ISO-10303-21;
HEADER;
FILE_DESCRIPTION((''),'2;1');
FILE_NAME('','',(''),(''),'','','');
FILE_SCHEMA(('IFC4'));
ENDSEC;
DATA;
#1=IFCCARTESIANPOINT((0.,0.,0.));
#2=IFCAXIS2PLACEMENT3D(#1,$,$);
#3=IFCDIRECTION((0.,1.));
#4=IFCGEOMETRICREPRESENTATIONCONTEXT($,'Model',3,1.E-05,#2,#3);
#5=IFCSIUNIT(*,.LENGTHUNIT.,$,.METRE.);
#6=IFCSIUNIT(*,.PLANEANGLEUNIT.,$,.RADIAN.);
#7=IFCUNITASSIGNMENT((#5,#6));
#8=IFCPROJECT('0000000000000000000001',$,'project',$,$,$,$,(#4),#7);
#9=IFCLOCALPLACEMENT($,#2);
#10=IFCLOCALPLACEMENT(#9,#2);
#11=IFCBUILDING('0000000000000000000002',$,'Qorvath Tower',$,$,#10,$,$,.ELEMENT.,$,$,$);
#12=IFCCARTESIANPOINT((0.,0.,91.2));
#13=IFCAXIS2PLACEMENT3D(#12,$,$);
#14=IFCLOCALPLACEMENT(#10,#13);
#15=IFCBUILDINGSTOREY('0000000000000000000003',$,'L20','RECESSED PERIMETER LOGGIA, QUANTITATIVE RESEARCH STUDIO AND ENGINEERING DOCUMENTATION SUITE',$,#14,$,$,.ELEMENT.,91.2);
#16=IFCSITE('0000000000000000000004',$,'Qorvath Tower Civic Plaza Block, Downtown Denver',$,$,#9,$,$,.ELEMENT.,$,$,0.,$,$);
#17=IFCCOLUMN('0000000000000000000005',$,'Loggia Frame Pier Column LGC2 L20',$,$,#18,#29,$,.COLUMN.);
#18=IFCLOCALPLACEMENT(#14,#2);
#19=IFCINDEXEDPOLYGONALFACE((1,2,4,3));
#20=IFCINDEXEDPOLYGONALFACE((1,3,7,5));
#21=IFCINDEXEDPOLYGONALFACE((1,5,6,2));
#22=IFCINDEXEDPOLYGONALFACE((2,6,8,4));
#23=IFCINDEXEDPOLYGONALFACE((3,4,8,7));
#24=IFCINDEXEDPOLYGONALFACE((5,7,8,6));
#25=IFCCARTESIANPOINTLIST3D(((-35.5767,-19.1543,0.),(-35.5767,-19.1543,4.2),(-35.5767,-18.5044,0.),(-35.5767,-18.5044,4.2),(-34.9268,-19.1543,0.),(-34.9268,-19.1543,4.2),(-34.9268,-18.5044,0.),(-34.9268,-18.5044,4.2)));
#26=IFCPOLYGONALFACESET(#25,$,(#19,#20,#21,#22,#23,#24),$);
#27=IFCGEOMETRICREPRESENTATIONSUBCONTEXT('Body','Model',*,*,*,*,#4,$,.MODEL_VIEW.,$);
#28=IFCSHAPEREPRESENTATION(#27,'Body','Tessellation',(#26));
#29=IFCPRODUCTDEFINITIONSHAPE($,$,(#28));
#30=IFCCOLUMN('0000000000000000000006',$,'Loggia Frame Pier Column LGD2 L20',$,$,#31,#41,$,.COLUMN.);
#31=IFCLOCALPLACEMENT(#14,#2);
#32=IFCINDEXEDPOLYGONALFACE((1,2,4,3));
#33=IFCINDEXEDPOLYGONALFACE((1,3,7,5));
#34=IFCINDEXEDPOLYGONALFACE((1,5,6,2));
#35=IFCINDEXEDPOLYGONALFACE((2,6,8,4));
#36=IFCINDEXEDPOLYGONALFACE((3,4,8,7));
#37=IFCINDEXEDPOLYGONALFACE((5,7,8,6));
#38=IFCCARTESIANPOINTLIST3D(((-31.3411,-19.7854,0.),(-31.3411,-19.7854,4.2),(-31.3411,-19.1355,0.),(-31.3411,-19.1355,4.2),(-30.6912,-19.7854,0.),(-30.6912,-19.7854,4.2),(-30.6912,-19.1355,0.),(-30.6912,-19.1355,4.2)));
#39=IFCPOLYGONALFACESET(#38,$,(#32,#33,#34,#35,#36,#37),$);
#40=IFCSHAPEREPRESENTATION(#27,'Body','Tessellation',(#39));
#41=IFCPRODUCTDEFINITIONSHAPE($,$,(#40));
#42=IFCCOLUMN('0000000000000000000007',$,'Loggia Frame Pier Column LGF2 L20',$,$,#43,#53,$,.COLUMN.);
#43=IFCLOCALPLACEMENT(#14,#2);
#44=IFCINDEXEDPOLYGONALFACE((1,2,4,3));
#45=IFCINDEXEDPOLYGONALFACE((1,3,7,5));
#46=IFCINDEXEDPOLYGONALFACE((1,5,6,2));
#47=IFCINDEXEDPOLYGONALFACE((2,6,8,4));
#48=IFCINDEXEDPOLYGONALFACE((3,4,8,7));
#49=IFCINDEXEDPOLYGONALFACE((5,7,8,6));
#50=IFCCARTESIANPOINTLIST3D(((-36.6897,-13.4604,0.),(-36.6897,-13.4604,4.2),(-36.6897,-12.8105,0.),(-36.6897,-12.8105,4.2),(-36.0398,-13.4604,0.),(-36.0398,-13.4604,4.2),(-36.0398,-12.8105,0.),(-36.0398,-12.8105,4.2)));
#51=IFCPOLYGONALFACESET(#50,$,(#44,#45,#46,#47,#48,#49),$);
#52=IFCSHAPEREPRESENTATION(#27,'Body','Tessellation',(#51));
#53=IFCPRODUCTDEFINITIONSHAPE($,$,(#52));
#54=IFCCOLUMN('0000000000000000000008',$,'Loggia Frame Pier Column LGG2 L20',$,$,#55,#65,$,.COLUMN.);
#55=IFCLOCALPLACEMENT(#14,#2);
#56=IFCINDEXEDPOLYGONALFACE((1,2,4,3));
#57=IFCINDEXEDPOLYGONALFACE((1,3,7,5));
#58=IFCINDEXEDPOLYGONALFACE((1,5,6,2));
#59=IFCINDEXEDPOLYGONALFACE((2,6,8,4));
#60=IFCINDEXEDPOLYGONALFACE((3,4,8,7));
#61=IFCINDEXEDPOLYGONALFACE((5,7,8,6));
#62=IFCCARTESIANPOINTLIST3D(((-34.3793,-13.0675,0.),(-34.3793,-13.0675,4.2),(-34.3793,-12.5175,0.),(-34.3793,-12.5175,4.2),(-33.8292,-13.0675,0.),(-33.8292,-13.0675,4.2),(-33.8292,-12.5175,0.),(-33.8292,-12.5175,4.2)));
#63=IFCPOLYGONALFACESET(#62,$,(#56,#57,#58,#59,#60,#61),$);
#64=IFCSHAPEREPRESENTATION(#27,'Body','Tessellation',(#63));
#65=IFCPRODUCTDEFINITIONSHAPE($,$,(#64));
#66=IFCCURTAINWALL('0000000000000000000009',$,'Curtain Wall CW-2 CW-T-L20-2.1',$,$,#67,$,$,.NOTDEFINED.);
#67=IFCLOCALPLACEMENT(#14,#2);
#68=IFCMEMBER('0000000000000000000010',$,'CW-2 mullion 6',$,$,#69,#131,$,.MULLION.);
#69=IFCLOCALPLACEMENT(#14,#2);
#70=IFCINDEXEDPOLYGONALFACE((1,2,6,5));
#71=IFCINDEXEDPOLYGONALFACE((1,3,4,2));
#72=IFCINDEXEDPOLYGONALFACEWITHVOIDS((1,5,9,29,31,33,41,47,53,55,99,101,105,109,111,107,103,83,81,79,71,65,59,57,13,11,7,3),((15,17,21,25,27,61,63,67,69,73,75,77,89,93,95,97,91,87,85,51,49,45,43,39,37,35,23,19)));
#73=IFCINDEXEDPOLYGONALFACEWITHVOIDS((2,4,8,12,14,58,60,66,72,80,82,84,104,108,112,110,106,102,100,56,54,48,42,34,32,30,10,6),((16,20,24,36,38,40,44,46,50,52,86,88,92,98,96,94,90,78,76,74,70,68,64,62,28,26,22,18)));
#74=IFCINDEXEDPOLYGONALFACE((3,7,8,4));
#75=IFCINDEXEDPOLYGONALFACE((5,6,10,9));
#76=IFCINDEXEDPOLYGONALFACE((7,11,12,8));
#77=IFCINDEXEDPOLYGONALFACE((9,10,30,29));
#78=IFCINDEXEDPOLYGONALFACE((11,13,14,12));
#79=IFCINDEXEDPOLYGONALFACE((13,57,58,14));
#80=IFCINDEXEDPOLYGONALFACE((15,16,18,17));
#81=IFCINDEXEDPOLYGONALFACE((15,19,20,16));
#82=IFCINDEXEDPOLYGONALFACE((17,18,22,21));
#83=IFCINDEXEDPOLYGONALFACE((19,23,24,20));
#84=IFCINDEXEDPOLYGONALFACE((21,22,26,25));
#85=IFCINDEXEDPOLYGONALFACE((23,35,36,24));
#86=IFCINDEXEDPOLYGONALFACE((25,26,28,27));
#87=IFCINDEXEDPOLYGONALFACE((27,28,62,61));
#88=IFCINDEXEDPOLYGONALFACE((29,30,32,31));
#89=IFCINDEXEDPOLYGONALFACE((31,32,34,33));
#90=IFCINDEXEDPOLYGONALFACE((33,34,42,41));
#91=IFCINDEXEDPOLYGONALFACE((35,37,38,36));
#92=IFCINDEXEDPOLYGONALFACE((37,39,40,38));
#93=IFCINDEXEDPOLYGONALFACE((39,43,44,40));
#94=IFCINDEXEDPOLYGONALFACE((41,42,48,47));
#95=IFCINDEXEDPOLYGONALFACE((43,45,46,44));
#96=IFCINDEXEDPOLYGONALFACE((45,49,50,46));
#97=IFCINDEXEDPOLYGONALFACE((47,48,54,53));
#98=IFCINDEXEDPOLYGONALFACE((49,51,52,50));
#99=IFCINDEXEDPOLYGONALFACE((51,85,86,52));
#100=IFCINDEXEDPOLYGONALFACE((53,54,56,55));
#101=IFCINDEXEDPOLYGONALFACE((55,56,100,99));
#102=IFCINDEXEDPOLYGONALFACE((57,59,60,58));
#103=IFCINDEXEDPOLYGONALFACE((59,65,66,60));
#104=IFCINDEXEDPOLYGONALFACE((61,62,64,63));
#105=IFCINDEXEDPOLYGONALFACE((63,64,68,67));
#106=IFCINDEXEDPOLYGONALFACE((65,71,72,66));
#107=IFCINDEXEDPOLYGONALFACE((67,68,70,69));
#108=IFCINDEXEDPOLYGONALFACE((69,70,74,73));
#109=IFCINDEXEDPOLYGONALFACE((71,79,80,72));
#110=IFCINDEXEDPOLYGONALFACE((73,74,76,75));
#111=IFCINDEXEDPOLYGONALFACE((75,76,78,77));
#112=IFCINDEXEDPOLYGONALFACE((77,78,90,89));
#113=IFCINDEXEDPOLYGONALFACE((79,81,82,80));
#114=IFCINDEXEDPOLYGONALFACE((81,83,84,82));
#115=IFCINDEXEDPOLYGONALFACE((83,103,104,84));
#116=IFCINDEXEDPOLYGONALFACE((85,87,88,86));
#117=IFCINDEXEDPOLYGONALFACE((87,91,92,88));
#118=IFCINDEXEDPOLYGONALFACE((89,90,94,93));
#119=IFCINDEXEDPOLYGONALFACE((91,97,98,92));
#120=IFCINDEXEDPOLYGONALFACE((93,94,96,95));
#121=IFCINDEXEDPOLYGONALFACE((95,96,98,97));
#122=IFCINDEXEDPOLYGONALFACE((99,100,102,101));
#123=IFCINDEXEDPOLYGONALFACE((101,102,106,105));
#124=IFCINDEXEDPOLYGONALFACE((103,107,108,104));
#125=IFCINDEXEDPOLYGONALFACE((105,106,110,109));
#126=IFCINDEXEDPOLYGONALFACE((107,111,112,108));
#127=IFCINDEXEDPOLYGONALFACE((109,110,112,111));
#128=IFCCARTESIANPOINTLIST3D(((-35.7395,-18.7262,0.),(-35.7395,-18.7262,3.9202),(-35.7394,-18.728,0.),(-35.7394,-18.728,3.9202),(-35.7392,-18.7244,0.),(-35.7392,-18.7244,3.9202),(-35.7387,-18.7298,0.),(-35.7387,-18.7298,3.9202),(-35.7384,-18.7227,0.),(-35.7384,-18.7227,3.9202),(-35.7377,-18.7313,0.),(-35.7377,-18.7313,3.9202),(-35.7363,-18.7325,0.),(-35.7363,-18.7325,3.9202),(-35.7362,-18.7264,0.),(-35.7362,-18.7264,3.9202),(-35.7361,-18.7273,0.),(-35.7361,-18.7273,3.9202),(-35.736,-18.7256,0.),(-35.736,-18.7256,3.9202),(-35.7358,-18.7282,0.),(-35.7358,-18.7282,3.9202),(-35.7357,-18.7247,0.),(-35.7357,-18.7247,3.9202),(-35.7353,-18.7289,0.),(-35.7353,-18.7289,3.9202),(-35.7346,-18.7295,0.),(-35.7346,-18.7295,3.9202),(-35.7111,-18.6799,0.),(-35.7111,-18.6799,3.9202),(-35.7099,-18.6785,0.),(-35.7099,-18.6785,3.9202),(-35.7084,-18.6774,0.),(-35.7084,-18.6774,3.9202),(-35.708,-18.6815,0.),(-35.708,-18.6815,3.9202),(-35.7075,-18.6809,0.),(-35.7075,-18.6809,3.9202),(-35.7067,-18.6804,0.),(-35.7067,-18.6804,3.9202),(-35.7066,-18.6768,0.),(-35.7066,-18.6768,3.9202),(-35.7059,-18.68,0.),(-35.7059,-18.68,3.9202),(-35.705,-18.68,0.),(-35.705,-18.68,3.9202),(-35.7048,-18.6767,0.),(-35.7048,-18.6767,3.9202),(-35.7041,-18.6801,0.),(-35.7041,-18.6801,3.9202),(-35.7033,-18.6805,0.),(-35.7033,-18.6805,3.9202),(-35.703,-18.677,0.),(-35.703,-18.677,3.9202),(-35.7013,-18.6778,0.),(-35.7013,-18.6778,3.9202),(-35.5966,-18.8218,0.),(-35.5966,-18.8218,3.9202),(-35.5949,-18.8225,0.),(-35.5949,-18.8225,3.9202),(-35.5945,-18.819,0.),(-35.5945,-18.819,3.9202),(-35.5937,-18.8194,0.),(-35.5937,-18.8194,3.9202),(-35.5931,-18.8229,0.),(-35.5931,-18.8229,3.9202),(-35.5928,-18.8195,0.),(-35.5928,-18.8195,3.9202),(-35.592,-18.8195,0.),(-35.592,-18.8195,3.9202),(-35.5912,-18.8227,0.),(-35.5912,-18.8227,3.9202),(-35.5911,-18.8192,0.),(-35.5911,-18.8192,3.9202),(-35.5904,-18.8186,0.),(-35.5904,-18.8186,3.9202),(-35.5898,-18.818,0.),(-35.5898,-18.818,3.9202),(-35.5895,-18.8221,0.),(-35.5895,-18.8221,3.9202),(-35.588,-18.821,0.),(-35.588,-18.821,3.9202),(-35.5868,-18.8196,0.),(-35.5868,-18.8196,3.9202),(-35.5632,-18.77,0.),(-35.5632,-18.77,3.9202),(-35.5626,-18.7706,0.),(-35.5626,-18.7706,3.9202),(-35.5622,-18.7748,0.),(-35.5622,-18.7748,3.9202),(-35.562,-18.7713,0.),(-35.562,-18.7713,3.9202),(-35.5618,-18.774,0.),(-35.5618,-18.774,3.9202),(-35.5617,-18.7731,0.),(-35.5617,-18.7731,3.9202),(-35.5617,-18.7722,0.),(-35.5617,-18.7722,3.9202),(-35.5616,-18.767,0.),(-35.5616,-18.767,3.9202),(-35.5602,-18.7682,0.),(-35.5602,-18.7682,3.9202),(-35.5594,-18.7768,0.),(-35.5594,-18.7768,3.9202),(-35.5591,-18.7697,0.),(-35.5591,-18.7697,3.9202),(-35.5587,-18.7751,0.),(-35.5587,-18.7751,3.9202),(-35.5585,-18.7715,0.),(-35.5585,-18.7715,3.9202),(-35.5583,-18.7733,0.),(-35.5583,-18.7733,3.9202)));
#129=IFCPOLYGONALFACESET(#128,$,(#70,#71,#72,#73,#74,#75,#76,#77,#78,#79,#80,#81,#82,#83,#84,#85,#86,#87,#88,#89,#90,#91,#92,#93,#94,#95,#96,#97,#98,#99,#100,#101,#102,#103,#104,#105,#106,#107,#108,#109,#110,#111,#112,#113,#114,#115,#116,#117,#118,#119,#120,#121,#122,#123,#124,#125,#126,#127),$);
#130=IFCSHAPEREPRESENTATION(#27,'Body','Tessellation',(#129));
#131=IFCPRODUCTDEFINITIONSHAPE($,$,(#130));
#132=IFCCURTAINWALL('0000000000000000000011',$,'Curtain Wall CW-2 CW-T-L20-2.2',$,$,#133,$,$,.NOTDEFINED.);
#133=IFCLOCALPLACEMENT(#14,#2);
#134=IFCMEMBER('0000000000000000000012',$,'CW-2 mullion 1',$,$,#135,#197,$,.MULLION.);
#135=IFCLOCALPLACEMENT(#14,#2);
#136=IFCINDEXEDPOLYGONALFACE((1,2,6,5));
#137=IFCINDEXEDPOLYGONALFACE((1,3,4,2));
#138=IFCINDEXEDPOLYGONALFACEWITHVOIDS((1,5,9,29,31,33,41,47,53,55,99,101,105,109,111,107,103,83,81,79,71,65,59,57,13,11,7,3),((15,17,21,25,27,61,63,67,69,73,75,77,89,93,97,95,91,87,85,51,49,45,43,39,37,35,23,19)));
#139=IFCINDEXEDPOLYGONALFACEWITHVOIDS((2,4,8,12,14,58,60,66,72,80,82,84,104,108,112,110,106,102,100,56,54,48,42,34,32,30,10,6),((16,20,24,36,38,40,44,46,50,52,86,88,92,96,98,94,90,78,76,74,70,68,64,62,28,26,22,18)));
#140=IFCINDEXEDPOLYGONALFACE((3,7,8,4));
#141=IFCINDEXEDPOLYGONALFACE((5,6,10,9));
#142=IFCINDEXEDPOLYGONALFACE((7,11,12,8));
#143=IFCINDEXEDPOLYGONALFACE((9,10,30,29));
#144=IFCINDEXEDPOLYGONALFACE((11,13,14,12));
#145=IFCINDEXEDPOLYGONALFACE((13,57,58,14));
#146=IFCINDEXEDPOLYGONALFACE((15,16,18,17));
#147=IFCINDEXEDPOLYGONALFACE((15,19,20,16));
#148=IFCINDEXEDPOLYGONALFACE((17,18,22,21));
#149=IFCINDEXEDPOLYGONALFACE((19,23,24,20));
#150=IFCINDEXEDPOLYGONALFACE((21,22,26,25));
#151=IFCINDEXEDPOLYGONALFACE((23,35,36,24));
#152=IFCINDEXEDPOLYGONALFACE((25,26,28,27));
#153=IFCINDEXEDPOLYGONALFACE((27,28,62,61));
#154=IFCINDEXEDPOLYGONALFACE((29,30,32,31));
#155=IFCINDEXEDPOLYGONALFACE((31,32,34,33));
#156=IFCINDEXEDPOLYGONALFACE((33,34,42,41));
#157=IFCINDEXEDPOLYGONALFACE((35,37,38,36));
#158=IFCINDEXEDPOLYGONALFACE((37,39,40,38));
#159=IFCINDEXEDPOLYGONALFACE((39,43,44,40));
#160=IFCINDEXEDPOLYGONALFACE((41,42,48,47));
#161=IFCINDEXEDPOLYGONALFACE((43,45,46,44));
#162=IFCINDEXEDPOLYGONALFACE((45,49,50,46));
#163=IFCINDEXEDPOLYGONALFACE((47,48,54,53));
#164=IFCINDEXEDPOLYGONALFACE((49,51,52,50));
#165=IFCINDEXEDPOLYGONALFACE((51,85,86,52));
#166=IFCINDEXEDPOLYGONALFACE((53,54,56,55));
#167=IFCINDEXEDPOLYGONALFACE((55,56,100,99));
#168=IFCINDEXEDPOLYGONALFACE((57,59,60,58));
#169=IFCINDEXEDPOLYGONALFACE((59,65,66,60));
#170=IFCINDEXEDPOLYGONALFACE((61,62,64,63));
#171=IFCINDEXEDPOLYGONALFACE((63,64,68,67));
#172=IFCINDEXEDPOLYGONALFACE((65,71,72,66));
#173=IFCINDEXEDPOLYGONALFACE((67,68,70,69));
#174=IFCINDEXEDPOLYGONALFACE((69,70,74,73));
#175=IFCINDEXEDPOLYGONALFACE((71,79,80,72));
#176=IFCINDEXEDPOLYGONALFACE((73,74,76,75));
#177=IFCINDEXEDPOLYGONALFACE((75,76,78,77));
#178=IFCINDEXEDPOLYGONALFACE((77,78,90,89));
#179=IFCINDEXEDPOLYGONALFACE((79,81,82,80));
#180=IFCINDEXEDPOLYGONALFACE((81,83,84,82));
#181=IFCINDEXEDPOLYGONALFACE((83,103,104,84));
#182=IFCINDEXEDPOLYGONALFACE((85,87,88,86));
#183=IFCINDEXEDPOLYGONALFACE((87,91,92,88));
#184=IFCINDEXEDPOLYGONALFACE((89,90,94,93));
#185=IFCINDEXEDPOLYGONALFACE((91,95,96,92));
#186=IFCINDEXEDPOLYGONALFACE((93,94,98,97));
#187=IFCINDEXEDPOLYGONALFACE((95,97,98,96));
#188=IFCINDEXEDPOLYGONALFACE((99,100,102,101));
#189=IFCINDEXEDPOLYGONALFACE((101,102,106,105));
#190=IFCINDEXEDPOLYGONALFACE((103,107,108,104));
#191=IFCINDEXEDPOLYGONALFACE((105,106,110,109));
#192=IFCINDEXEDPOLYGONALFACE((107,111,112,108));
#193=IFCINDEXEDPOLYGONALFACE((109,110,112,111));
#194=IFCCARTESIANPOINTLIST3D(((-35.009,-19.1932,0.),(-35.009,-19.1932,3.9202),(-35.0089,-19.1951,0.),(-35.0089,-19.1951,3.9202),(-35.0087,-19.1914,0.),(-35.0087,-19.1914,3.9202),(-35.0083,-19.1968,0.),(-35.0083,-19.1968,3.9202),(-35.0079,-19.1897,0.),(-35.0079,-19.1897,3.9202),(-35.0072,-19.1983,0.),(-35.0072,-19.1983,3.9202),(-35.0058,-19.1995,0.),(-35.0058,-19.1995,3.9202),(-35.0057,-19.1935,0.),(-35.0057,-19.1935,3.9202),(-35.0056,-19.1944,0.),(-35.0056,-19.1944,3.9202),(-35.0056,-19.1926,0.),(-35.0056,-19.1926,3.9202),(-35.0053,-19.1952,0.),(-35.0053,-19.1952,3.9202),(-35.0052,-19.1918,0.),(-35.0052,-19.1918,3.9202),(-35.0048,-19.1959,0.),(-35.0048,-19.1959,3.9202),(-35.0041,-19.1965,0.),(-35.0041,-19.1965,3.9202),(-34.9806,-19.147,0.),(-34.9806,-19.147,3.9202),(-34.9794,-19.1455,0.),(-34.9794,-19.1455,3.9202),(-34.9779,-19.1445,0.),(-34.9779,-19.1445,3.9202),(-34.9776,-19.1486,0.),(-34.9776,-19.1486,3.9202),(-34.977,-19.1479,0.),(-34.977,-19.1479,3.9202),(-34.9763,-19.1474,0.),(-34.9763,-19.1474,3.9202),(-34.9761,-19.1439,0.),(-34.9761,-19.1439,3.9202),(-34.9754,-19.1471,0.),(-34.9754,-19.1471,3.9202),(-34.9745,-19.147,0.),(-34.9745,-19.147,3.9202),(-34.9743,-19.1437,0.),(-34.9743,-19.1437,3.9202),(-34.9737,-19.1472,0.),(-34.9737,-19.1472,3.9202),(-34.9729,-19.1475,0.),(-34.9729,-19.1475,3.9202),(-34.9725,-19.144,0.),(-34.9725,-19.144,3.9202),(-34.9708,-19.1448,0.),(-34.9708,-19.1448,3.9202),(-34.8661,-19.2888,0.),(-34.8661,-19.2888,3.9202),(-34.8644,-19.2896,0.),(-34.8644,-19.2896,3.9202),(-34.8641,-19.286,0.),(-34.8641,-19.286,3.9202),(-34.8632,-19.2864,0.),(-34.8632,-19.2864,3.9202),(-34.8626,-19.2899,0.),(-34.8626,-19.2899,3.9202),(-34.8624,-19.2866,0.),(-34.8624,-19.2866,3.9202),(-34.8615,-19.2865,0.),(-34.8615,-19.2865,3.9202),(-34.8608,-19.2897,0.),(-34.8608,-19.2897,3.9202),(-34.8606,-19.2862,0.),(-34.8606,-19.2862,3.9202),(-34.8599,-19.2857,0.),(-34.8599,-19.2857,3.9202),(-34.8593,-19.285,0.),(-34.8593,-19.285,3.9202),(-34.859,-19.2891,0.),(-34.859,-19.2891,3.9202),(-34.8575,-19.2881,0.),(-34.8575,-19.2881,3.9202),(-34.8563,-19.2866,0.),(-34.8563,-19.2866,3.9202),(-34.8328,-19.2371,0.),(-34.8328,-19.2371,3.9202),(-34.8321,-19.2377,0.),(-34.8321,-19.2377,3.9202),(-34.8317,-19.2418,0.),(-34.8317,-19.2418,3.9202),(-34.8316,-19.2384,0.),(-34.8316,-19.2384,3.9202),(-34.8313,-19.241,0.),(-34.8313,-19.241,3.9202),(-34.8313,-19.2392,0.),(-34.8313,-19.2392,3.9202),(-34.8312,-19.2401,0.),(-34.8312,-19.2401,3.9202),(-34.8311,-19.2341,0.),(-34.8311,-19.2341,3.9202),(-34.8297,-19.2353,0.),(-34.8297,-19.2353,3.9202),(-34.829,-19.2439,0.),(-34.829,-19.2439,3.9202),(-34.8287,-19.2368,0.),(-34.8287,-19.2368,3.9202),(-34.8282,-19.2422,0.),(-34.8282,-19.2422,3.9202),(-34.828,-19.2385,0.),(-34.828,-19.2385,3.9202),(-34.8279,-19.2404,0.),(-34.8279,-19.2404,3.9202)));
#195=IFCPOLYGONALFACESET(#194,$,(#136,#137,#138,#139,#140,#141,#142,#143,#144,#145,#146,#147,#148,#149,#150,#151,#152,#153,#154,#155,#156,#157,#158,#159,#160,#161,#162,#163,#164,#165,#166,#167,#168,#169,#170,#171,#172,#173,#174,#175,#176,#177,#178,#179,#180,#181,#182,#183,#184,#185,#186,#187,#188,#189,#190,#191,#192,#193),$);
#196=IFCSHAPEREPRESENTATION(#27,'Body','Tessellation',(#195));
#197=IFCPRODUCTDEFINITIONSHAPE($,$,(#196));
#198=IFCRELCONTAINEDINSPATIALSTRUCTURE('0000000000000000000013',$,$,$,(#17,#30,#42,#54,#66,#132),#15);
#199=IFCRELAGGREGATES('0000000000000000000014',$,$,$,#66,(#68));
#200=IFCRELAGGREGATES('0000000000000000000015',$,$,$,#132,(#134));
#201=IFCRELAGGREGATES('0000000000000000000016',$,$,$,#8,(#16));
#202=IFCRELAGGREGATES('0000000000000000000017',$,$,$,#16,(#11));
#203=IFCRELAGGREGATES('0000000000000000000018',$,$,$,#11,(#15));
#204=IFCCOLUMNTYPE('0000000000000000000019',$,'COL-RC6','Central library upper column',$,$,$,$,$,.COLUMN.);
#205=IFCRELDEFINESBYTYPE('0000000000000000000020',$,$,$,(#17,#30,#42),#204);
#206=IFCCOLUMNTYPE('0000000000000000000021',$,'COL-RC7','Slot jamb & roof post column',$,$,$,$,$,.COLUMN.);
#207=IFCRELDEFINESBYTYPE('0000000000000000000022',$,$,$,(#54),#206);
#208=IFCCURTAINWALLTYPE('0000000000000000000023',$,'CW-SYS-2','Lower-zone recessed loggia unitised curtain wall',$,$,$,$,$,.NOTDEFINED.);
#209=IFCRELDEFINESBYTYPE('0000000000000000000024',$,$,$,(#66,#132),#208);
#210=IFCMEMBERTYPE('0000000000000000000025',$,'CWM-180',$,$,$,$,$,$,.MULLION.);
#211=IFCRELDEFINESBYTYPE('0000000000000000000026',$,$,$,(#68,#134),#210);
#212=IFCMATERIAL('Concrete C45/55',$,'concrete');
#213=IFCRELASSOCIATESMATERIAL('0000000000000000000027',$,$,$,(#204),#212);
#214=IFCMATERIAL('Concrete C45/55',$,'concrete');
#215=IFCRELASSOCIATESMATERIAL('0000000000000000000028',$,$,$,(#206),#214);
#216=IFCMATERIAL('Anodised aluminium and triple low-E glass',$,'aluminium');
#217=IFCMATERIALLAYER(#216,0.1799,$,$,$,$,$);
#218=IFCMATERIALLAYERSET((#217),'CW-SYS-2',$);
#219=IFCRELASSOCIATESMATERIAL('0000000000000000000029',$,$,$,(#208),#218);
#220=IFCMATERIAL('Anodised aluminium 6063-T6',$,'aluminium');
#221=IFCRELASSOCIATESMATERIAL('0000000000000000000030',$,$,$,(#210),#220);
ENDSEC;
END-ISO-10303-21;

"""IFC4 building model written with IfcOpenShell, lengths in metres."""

from ifc_helpers import new_model, si_unit, direction, frame, origin, origin_2d, place, context, subcontext, project, spatial, rectangle, hollow_rectangle, extrude, material, layer, layer_set, material_profile, profile_set, type_object, element, aggregate, save


model = new_model("IFC4")

# Units and contexts
model_context = context("Model", 3, precision=1e-05, world=origin(), true_north=direction((0.0, 1.0)))
body_context = subcontext(model_context, "Body", "Model", "MODEL_VIEW")
ifc_project = project(units=[si_unit("LENGTHUNIT", "METRE"), si_unit("PLANEANGLEUNIT", "RADIAN")], contexts=[model_context])

# Site, building, storey
site_placement = place(None, origin())
site = spatial("IfcSite", under=ifc_project, at=site_placement, Name="Qorvath Tower Civic Plaza Block, Downtown Denver", CompositionType="ELEMENT", RefElevation=0.0)
building_placement = place(site_placement, origin())
building = spatial("IfcBuilding", under=site, at=building_placement, Name="Qorvath Tower", CompositionType="ELEMENT")
storey_placement = place(building_placement, frame((0.0, 0.0, 91.2)))
storey = spatial("IfcBuildingStorey", under=building, at=storey_placement, Name="L20", Description="RECESSED PERIMETER LOGGIA, QUANTITATIVE RESEARCH STUDIO AND ENGINEERING DOCUMENTATION SUITE", CompositionType="ELEMENT", Elevation=91.2)

# Columns
ifc_material_1 = material(Name="Concrete C45/55", Category="concrete")
ifc_material_profile_1 = material_profile(ifc_material_1, rectangle(XDim=0.6499, YDim=0.6499, at=origin_2d()), Name="RC 650x650")
ifc_profile_set_1 = profile_set([ifc_material_profile_1], Name="Concrete C45/55")
column_type_1 = type_object("IfcColumnType", Name="COL-RC6", Description="Central library upper column", PredefinedType="COLUMN", material=ifc_profile_set_1)
for number, where, z_axis, x_axis, name in (
    (1, (-35.2517, -18.8293, 0.0), (0.0, 0.0, 1.0), (1.0, 0.0, 0.0), "Loggia Frame Pier Column LGC2 L20"),
    (2, (-31.0161, -19.4604, 0.0), (0.0, 0.0, 1.0), (1.0, 0.0, 0.0), "Loggia Frame Pier Column LGD2 L20"),
    (3, (-36.3647, -13.1355, 0.0), (0.0, 0.0, 1.0), (1.0, 0.0, 0.0), "Loggia Frame Pier Column LGF2 L20"),
):
    element("IfcColumn", number, at=place(storey_placement, frame(where, z_axis=z_axis, x_axis=x_axis)), inside=storey, type_object=column_type_1, Name=name, PredefinedType="COLUMN", context=body_context, shape_type="SweptSolid", body=[
        extrude(rectangle(XDim=0.6499, YDim=0.6499, at=origin_2d()), origin(), (0.0, 0.0, 1.0), 4.2),
    ])
ifc_material_2 = material(Name="Concrete C45/55", Category="concrete")
ifc_material_profile_2 = material_profile(ifc_material_2, rectangle(XDim=0.55, YDim=0.55, at=origin_2d()), Name="RC 550x550")
ifc_profile_set_2 = profile_set([ifc_material_profile_2], Name="Concrete C45/55")
column_type_2 = type_object("IfcColumnType", Name="COL-RC7", Description="Slot jamb & roof post column", PredefinedType="COLUMN", material=ifc_profile_set_2)
column_placement = place(storey_placement, frame((-34.1042, -12.7925, 0.0), z_axis=(0.0, 0.0, 1.0), x_axis=(1.0, 0.0, 0.0)))
element("IfcColumn", 4, at=column_placement, inside=storey, type_object=column_type_2, Name="Loggia Frame Pier Column LGG2 L20", PredefinedType="COLUMN", context=body_context, shape_type="SweptSolid", body=[
    extrude(rectangle(XDim=0.55, YDim=0.55, at=origin_2d()), origin(), (0.0, 0.0, 1.0), 4.2),
])

# Curtain wall, member
ifc_material_3 = material(Name="Anodised aluminium and triple low-E glass", Category="aluminium")
ifc_layer_1 = layer(ifc_material_3, 0.1799)
ifc_layer_set_1 = layer_set([ifc_layer_1], Name="CW-SYS-2")
curtain_wall_type = type_object("IfcCurtainWallType", Name="CW-SYS-2", Description="Lower-zone recessed loggia unitised curtain wall", PredefinedType="NOTDEFINED", material=ifc_layer_set_1)
curtain_wall_1_placement = place(storey_placement, origin())
curtain_wall_1 = element("IfcCurtainWall", 5, at=curtain_wall_1_placement, inside=storey, type_object=curtain_wall_type, Name="Curtain Wall CW-2 CW-T-L20-2.1", PredefinedType="NOTDEFINED")
ifc_material_4 = material(Name="Anodised aluminium 6063-T6", Category="aluminium")
ifc_material_profile_3 = material_profile(ifc_material_4, hollow_rectangle(XDim=0.0649, YDim=0.1799, WallThickness=0.0034, InnerFilletRadius=0.0034, OuterFilletRadius=0.0071, at=origin_2d()), Name="CWM 180x65")
ifc_profile_set_3 = profile_set([ifc_material_profile_3], Name="Anodised aluminium 6063-T6")
member_type_1 = type_object("IfcMemberType", Name="CWM-180", PredefinedType="MULLION", material=ifc_profile_set_3)
member_1_placement = place(storey_placement, frame((-35.6489, -18.7498, 0.0), z_axis=(0.0, 0.0, 1.0), x_axis=(0.538529, 0.842607, 0.0)))
member_1 = element("IfcMember", 6, at=member_1_placement, type_object=member_type_1, Name="CW-2 mullion 6", PredefinedType="MULLION", context=body_context, shape_type="SweptSolid", body=[
    extrude(hollow_rectangle(XDim=0.0649, YDim=0.1799, WallThickness=0.0034, InnerFilletRadius=0.0034, OuterFilletRadius=0.0071, at=origin_2d()), origin(), (0.0, 0.0, 1.0), 3.9202),
])

# Curtain wall, member
curtain_wall_2_placement = place(storey_placement, origin())
curtain_wall_2 = element("IfcCurtainWall", 7, at=curtain_wall_2_placement, inside=storey, type_object=curtain_wall_type, Name="Curtain Wall CW-2 CW-T-L20-2.2", PredefinedType="NOTDEFINED")
member_2_placement = place(storey_placement, frame((-34.9185, -19.2168, 0.0), z_axis=(0.0, 0.0, 1.0), x_axis=(0.538539, 0.842601, 0.0)))
member_2 = element("IfcMember", 8, at=member_2_placement, type_object=member_type_1, Name="CW-2 mullion 1", PredefinedType="MULLION", context=body_context, shape_type="SweptSolid", body=[
    extrude(hollow_rectangle(XDim=0.0649, YDim=0.1799, WallThickness=0.0034, InnerFilletRadius=0.0034, OuterFilletRadius=0.0071, at=origin_2d()), origin(), (0.0, 0.0, 1.0), 3.9202),
])

aggregate(curtain_wall_1, [member_1])
aggregate(curtain_wall_2, [member_2])

save(model, "model.ifc")
